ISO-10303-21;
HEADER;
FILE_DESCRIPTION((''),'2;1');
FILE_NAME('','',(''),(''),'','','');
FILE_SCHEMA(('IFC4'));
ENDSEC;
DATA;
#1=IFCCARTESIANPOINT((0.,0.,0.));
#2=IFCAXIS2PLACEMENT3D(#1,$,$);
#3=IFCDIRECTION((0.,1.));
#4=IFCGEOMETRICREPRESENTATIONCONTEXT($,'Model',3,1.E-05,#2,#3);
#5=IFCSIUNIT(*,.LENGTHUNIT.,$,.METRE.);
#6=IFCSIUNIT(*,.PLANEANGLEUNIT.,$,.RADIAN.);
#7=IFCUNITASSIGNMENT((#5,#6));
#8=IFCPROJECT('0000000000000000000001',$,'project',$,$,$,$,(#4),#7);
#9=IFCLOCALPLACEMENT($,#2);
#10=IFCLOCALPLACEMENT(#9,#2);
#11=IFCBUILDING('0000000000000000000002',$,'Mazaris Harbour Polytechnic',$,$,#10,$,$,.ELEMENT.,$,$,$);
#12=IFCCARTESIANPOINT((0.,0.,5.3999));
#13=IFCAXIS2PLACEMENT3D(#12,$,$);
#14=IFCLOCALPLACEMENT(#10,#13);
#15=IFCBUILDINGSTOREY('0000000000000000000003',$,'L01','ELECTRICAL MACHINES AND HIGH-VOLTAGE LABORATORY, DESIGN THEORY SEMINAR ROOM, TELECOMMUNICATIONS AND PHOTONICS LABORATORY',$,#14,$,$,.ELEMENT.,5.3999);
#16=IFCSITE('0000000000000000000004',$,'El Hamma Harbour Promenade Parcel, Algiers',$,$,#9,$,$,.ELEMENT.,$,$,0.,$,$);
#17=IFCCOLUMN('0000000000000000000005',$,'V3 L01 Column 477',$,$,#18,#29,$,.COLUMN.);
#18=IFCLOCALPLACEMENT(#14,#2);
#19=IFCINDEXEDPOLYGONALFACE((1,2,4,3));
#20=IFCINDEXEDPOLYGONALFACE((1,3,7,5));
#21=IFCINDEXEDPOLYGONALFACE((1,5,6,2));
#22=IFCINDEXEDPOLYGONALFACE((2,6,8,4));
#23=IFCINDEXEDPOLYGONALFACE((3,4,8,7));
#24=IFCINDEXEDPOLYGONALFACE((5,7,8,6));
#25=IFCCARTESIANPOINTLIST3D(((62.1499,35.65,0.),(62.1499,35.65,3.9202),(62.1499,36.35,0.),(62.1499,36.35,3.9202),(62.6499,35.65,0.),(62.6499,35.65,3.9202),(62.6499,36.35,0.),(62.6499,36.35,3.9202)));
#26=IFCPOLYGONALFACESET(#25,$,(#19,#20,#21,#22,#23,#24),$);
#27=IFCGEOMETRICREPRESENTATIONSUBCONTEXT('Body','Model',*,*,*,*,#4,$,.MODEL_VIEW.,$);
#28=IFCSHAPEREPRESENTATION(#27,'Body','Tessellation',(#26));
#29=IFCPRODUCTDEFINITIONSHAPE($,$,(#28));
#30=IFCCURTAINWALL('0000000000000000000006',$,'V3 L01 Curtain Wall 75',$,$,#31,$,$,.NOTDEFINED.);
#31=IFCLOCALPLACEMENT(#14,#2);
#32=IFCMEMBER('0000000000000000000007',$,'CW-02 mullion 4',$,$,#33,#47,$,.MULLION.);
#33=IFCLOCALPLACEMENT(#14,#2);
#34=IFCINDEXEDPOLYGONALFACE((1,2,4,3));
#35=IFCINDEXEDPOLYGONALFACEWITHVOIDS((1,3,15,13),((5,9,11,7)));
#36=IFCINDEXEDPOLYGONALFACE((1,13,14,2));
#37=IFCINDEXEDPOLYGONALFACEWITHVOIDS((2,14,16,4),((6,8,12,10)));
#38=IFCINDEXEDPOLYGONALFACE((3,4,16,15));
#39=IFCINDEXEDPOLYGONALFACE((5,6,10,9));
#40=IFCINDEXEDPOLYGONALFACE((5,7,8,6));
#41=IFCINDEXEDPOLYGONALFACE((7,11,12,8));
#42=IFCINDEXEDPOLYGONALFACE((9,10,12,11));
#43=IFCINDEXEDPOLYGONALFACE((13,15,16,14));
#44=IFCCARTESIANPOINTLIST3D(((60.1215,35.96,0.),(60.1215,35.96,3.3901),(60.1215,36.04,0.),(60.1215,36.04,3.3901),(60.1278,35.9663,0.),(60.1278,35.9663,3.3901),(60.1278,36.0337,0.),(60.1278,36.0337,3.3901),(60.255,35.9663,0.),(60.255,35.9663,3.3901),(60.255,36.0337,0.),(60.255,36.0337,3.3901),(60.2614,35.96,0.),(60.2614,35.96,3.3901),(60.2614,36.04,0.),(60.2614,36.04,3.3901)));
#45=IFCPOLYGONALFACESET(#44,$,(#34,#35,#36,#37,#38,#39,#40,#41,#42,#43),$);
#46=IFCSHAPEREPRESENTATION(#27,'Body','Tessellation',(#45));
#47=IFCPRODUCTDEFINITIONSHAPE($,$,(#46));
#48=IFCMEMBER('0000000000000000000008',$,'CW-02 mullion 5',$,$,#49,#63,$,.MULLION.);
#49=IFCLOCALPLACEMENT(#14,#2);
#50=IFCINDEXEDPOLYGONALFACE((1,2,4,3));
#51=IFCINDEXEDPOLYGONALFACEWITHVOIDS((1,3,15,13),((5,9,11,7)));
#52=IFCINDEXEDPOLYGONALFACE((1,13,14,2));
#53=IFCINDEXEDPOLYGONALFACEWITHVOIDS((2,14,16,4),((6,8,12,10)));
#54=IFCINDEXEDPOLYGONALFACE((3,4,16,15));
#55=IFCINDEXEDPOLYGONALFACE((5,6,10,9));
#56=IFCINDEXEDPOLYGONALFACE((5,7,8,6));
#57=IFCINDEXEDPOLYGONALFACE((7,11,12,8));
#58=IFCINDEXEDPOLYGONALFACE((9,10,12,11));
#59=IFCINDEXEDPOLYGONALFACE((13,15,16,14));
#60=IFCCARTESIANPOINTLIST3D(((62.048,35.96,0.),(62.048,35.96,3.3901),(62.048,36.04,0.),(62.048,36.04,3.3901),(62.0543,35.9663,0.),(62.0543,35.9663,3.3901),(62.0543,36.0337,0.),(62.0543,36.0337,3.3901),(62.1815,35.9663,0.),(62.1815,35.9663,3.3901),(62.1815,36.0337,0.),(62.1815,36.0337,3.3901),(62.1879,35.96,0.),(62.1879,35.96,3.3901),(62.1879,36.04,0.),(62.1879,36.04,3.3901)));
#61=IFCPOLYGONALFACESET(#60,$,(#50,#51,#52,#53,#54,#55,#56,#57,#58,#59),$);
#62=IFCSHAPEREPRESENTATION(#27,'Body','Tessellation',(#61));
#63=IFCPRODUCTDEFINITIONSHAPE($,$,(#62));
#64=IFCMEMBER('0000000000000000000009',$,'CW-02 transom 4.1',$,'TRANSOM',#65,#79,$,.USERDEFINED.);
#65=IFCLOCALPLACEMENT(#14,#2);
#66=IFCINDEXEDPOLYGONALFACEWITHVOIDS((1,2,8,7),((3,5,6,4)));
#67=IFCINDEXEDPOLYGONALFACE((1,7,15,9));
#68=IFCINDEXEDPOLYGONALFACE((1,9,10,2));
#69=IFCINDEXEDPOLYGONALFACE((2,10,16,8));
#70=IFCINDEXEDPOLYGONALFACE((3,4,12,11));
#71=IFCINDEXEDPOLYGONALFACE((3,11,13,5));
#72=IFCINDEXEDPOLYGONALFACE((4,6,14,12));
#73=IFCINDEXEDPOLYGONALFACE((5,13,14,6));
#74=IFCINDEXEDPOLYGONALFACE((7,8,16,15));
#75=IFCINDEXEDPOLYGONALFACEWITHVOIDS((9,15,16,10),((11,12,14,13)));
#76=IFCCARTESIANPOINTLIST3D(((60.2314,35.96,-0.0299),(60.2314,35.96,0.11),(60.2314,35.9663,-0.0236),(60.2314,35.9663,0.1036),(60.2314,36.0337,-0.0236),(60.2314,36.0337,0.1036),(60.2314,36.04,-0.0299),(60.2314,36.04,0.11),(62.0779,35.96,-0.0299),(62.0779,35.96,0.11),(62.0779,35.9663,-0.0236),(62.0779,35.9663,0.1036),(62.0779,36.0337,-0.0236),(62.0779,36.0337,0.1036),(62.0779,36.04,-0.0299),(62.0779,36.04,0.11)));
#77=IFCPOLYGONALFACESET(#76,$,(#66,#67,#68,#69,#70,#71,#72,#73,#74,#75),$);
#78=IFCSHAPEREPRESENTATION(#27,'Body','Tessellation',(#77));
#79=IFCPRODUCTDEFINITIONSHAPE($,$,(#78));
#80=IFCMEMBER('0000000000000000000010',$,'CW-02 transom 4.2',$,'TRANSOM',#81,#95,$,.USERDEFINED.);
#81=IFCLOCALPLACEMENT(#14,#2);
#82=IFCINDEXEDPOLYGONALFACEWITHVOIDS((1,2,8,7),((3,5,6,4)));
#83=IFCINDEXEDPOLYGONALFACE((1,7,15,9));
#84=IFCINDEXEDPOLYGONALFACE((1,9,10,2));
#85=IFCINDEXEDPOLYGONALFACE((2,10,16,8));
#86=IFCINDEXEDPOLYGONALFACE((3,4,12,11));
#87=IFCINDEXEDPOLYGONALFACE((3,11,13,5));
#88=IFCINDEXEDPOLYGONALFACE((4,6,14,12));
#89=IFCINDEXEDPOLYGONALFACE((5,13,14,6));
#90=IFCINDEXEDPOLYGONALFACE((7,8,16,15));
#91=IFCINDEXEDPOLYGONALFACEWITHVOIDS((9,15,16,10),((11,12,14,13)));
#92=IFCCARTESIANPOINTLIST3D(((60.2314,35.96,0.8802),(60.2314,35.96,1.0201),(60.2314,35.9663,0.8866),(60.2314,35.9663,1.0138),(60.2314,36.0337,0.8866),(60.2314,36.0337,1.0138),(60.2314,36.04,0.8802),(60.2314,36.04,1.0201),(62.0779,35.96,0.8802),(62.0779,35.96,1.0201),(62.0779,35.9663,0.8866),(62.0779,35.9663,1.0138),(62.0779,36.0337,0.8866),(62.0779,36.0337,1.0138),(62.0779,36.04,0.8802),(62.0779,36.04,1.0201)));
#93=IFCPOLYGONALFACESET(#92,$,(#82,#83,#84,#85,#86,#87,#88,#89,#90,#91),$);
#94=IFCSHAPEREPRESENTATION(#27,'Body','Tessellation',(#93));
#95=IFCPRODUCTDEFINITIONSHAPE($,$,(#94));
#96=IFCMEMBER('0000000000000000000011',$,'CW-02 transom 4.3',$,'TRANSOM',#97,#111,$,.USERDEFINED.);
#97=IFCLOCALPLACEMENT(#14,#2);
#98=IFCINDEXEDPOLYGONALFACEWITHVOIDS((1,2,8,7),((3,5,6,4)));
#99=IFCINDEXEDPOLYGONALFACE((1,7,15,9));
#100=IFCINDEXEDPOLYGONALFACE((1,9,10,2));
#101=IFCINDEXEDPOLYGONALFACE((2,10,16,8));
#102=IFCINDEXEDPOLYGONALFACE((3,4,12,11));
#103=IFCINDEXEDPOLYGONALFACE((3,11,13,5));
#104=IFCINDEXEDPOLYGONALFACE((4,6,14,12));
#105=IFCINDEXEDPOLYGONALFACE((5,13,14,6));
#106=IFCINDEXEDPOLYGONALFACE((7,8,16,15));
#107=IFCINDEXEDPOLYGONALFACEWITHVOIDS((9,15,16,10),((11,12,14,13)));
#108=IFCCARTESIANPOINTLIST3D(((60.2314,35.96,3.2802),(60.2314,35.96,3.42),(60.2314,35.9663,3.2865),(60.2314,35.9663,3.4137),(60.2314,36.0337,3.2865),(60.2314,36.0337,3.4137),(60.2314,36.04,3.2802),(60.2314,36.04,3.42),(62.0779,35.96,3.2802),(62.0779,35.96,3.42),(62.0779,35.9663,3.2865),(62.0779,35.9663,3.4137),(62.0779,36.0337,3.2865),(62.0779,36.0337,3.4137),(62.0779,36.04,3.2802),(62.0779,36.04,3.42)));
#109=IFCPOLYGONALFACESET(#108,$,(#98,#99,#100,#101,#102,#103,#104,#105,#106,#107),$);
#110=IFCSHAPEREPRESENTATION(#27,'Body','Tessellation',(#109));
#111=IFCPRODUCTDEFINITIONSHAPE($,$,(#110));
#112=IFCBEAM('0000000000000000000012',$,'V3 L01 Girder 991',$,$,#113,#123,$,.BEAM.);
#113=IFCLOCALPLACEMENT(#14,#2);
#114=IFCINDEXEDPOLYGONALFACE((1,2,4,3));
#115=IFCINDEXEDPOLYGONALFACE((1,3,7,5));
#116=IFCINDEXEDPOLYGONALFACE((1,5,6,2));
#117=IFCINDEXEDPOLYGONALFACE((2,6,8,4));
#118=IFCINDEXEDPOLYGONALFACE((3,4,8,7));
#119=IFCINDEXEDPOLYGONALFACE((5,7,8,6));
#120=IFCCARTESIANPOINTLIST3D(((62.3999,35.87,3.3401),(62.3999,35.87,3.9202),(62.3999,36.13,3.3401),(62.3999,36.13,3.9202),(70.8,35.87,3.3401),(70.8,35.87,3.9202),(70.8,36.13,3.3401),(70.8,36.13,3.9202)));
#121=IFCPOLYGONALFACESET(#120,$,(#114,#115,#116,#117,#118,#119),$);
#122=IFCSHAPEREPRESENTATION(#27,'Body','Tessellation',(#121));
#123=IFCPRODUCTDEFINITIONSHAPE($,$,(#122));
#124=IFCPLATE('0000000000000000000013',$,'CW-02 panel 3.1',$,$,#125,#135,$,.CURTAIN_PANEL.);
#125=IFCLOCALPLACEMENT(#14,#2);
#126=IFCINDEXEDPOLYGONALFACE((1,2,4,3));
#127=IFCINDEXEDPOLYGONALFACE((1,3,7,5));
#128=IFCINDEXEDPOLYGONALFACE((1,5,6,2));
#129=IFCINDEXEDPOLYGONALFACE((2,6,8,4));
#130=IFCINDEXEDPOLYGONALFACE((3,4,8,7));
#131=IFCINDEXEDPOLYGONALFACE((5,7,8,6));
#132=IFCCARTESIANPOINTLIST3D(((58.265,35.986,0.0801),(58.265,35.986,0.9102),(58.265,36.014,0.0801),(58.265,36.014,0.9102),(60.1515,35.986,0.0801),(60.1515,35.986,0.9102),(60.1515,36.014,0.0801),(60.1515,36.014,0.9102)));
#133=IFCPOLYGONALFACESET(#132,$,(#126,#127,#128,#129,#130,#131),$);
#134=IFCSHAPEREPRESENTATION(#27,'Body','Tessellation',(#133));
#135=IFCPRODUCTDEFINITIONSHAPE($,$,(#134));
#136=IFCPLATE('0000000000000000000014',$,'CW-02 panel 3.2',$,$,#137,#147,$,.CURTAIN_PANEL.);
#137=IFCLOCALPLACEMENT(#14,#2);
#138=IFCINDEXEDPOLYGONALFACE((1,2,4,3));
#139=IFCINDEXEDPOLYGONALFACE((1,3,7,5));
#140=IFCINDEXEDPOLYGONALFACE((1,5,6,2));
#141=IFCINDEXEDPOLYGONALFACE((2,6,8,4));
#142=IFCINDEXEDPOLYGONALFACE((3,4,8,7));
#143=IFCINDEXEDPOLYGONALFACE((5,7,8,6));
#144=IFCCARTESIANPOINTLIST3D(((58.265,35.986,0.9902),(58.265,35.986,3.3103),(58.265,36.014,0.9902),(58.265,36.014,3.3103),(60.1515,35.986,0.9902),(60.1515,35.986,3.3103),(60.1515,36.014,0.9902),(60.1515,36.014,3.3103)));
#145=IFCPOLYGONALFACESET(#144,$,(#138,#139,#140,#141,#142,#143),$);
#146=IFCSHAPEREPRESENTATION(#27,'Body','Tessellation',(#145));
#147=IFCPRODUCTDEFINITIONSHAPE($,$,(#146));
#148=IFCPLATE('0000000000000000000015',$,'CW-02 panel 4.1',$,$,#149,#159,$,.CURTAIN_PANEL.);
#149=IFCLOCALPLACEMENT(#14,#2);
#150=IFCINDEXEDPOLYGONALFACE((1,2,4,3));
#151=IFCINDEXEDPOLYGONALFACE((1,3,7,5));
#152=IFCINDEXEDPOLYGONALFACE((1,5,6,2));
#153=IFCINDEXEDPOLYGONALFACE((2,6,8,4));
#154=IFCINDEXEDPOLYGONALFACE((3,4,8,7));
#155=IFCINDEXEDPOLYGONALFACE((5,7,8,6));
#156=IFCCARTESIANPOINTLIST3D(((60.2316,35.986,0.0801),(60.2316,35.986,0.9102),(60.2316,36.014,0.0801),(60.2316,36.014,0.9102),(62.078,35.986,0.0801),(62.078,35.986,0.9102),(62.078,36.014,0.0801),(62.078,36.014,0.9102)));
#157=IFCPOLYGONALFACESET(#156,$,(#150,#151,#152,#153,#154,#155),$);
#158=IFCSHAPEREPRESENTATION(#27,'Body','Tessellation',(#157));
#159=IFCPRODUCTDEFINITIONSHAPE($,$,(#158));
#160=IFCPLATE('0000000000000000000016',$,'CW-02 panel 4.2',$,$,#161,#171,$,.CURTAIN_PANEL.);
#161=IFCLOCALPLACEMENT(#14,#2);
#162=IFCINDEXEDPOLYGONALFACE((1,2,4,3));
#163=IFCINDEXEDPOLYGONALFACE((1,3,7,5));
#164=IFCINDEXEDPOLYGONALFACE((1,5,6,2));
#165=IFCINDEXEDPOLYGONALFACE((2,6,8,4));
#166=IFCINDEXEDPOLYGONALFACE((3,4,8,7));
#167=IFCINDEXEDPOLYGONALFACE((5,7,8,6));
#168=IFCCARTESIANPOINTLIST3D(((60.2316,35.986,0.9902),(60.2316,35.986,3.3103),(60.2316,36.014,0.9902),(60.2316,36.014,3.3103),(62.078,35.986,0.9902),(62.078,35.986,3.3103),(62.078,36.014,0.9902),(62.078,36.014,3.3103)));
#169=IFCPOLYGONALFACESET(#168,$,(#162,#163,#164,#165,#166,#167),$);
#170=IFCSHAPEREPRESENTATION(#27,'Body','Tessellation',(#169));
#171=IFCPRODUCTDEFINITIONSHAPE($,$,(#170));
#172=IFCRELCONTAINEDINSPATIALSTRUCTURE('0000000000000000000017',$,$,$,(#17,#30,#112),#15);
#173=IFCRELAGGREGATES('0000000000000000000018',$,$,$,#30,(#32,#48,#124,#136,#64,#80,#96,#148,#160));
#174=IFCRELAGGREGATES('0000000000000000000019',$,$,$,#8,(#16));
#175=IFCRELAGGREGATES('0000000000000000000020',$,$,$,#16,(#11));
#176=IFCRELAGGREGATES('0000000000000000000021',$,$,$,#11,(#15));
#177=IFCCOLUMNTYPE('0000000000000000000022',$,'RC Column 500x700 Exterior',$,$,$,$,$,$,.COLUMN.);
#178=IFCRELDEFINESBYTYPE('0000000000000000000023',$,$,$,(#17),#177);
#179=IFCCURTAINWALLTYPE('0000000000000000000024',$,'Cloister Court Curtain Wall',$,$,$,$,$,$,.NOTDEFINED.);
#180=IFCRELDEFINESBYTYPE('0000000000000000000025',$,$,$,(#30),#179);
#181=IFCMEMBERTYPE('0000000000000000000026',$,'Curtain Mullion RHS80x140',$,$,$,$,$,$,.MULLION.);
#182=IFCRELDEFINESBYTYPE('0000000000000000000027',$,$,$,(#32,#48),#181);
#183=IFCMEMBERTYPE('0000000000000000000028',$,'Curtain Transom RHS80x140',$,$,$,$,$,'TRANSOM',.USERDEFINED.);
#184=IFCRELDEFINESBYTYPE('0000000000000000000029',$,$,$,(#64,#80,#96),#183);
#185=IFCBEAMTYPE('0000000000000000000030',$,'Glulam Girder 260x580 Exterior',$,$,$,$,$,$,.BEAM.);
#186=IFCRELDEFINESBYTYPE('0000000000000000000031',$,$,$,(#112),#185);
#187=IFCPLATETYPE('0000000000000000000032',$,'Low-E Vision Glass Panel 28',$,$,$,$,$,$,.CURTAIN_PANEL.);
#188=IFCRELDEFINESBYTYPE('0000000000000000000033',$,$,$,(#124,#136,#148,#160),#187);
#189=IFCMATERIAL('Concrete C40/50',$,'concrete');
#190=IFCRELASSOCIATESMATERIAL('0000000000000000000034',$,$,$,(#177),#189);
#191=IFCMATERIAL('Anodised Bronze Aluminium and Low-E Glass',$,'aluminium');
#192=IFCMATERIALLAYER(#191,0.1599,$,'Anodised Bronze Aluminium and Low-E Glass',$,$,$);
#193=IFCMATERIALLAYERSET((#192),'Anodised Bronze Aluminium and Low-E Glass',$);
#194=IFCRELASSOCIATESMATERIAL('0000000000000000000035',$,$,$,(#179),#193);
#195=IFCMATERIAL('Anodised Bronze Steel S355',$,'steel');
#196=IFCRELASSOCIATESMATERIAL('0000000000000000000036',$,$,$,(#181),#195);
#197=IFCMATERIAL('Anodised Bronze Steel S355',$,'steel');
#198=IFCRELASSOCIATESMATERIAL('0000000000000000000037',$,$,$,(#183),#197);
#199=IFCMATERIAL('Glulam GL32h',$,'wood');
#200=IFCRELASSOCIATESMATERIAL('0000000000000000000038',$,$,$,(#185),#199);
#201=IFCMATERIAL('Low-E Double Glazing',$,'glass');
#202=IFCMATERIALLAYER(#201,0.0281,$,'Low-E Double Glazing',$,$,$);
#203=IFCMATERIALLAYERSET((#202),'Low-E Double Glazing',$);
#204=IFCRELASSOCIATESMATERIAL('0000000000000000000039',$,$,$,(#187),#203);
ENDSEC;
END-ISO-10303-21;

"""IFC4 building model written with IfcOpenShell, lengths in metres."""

from ifc_helpers import new_model, si_unit, direction, frame, origin, origin_2d, place, context, subcontext, project, spatial, rectangle, hollow_rectangle, extrude, material, layer, layer_set, material_profile, profile_set, type_object, element, aggregate, save


model = new_model("IFC4")

# Units and contexts
model_context = context("Model", 3, precision=1e-05, world=origin(), true_north=direction((0.0, 1.0)))
body_context = subcontext(model_context, "Body", "Model", "MODEL_VIEW")
ifc_project = project(units=[si_unit("LENGTHUNIT", "METRE"), si_unit("PLANEANGLEUNIT", "RADIAN")], contexts=[model_context])

# Site, building, storey
site_placement = place(None, origin())
site = spatial("IfcSite", under=ifc_project, at=site_placement, Name="El Hamma Harbour Promenade Parcel, Algiers", CompositionType="ELEMENT", RefElevation=0.0)
building_placement = place(site_placement, origin())
building = spatial("IfcBuilding", under=site, at=building_placement, Name="Mazaris Harbour Polytechnic", CompositionType="ELEMENT")
storey_placement = place(building_placement, frame((0.0, 0.0, 5.3999)))
storey = spatial("IfcBuildingStorey", under=building, at=storey_placement, Name="L01", Description="ELECTRICAL MACHINES AND HIGH-VOLTAGE LABORATORY, DESIGN THEORY SEMINAR ROOM, TELECOMMUNICATIONS AND PHOTONICS LABORATORY", CompositionType="ELEMENT", Elevation=5.3999)

# Column
ifc_material_1 = material(Name="Concrete C40/50", Category="concrete")
ifc_material_profile_1 = material_profile(ifc_material_1, rectangle(XDim=0.5, YDim=0.7, at=origin_2d()), Name="RECT500x700")
ifc_profile_set_1 = profile_set([ifc_material_profile_1], Name="Concrete C40/50")
column_type = type_object("IfcColumnType", Name="RC Column 500x700 Exterior", PredefinedType="COLUMN", material=ifc_profile_set_1)
column_placement = place(storey_placement, frame((62.3999, 36.0, 0.0), z_axis=(0.0, 0.0, 1.0), x_axis=(1.0, 0.0, 0.0)))
element("IfcColumn", 1, at=column_placement, inside=storey, type_object=column_type, Name="V3 L01 Column 477", PredefinedType="COLUMN", context=body_context, shape_type="SweptSolid", body=[
    extrude(rectangle(XDim=0.5, YDim=0.7, at=origin_2d()), origin(), (0.0, 0.0, 1.0), 3.9202),
])

# Curtain wall, members
ifc_material_2 = material(Name="Anodised Bronze Aluminium and Low-E Glass", Category="aluminium")
ifc_layer_1 = layer(ifc_material_2, 0.1599, Name="Anodised Bronze Aluminium and Low-E Glass")
ifc_layer_set_1 = layer_set([ifc_layer_1], Name="Anodised Bronze Aluminium and Low-E Glass")
curtain_wall_type = type_object("IfcCurtainWallType", Name="Cloister Court Curtain Wall", PredefinedType="NOTDEFINED", material=ifc_layer_set_1)
curtain_wall_placement = place(storey_placement, origin())
curtain_wall = element("IfcCurtainWall", 2, at=curtain_wall_placement, inside=storey, type_object=curtain_wall_type, Name="V3 L01 Curtain Wall 75", PredefinedType="NOTDEFINED")
ifc_material_3 = material(Name="Anodised Bronze Steel S355", Category="steel")
ifc_material_profile_2 = material_profile(ifc_material_3, hollow_rectangle(XDim=0.0801, YDim=0.1399, WallThickness=0.0063, at=origin_2d()), Name="RHS 80x140x6.3")
ifc_profile_set_2 = profile_set([ifc_material_profile_2], Name="Anodised Bronze Steel S355")
member_type_1 = type_object("IfcMemberType", Name="Curtain Mullion RHS80x140", PredefinedType="MULLION", material=ifc_profile_set_2)
member_1_placement = place(storey_placement, frame((60.1914, 36.0, 0.0), z_axis=(0.0, 0.0, 1.0), x_axis=(0.0, 1.0, 0.0)))
member_1 = element("IfcMember", 3, at=member_1_placement, type_object=member_type_1, Name="CW-02 mullion 4", PredefinedType="MULLION", context=body_context, shape_type="SweptSolid", body=[
    extrude(hollow_rectangle(XDim=0.0801, YDim=0.1399, WallThickness=0.0063, at=origin_2d()), origin(), (0.0, 0.0, 1.0), 3.3901),
])
member_2_placement = place(storey_placement, frame((62.1179, 36.0, 0.0), z_axis=(0.0, 0.0, 1.0), x_axis=(0.0, 1.0, 0.0)))
member_2 = element("IfcMember", 4, at=member_2_placement, type_object=member_type_1, Name="CW-02 mullion 5", PredefinedType="MULLION", context=body_context, shape_type="SweptSolid", body=[
    extrude(hollow_rectangle(XDim=0.0801, YDim=0.1399, WallThickness=0.0063, at=origin_2d()), origin(), (0.0, 0.0, 1.0), 3.3901),
])
ifc_material_4 = material(Name="Anodised Bronze Steel S355", Category="steel")
ifc_material_profile_3 = material_profile(ifc_material_4, hollow_rectangle(XDim=0.0801, YDim=0.1399, WallThickness=0.0063, at=origin_2d()), Name="RHS 80x140x6.3")
ifc_profile_set_3 = profile_set([ifc_material_profile_3], Name="Anodised Bronze Steel S355")
member_type_2 = type_object("IfcMemberType", Name="Curtain Transom RHS80x140", ElementType="TRANSOM", PredefinedType="USERDEFINED", material=ifc_profile_set_3)
member_3_placement = place(storey_placement, frame((60.2314, 36.0, 0.04), z_axis=(1.0, 0.0, 0.0), x_axis=(0.0, 1.0, 0.0)))
member_3 = element("IfcMember", 5, at=member_3_placement, type_object=member_type_2, Name="CW-02 transom 4.1", ObjectType="TRANSOM", PredefinedType="USERDEFINED", context=body_context, shape_type="SweptSolid", body=[
    extrude(hollow_rectangle(XDim=0.0801, YDim=0.1399, WallThickness=0.0063, at=origin_2d()), origin(), (0.0, 0.0, 1.0), 1.8464),
])
member_4_placement = place(storey_placement, frame((60.2314, 36.0, 0.9502), z_axis=(1.0, 0.0, 0.0), x_axis=(0.0, 1.0, 0.0)))
member_4 = element("IfcMember", 6, at=member_4_placement, type_object=member_type_2, Name="CW-02 transom 4.2", ObjectType="TRANSOM", PredefinedType="USERDEFINED", context=body_context, shape_type="SweptSolid", body=[
    extrude(hollow_rectangle(XDim=0.0801, YDim=0.1399, WallThickness=0.0063, at=origin_2d()), origin(), (0.0, 0.0, 1.0), 1.8464),
])
member_5_placement = place(storey_placement, frame((60.2314, 36.0, 3.3501), z_axis=(1.0, 0.0, 0.0), x_axis=(0.0, 1.0, 0.0)))
member_5 = element("IfcMember", 7, at=member_5_placement, type_object=member_type_2, Name="CW-02 transom 4.3", ObjectType="TRANSOM", PredefinedType="USERDEFINED", context=body_context, shape_type="SweptSolid", body=[
    extrude(hollow_rectangle(XDim=0.0801, YDim=0.1399, WallThickness=0.0063, at=origin_2d()), origin(), (0.0, 0.0, 1.0), 1.8464),
])

# Beam
ifc_material_5 = material(Name="Glulam GL32h", Category="wood")
ifc_material_profile_4 = material_profile(ifc_material_5, rectangle(XDim=0.26, YDim=0.5801, at=origin_2d()), Name="RECT260x580")
ifc_profile_set_4 = profile_set([ifc_material_profile_4], Name="Glulam GL32h")
beam_type = type_object("IfcBeamType", Name="Glulam Girder 260x580 Exterior", PredefinedType="BEAM", material=ifc_profile_set_4)
beam_placement = place(storey_placement, frame((62.3999, 36.0, 3.6301), z_axis=(1.0, 0.0, 0.0), x_axis=(0.0, 1.0, 0.0)))
element("IfcBeam", 8, at=beam_placement, inside=storey, type_object=beam_type, Name="V3 L01 Girder 991", PredefinedType="BEAM", context=body_context, shape_type="SweptSolid", body=[
    extrude(rectangle(XDim=0.26, YDim=0.5801, at=origin_2d()), origin(), (0.0, 0.0, 1.0), 8.4001),
])

# Plates
ifc_material_6 = material(Name="Low-E Double Glazing", Category="glass")
ifc_layer_2 = layer(ifc_material_6, 0.0281, Name="Low-E Double Glazing")
ifc_layer_set_2 = layer_set([ifc_layer_2], Name="Low-E Double Glazing")
plate_type = type_object("IfcPlateType", Name="Low-E Vision Glass Panel 28", PredefinedType="CURTAIN_PANEL", material=ifc_layer_set_2)
plate_1_placement = place(storey_placement, frame((59.2083, 36.0, 0.0801), z_axis=(0.0, 0.0, 1.0), x_axis=(1.0, 0.0, 0.0)))
plate_1 = element("IfcPlate", 9, at=plate_1_placement, type_object=plate_type, Name="CW-02 panel 3.1", PredefinedType="CURTAIN_PANEL", context=body_context, shape_type="SweptSolid", body=[
    extrude(rectangle(XDim=1.8865, YDim=0.0281, at=origin_2d()), origin(), (0.0, 0.0, 1.0), 0.8301),
])
plate_2_placement = place(storey_placement, frame((59.2083, 36.0, 0.9902), z_axis=(0.0, 0.0, 1.0), x_axis=(1.0, 0.0, 0.0)))
plate_2 = element("IfcPlate", 10, at=plate_2_placement, type_object=plate_type, Name="CW-02 panel 3.2", PredefinedType="CURTAIN_PANEL", context=body_context, shape_type="SweptSolid", body=[
    extrude(rectangle(XDim=1.8865, YDim=0.0281, at=origin_2d()), origin(), (0.0, 0.0, 1.0), 2.3201),
])
plate_3_placement = place(storey_placement, frame((61.1548, 36.0, 0.0801), z_axis=(0.0, 0.0, 1.0), x_axis=(1.0, 0.0, 0.0)))
plate_3 = element("IfcPlate", 11, at=plate_3_placement, type_object=plate_type, Name="CW-02 panel 4.1", PredefinedType="CURTAIN_PANEL", context=body_context, shape_type="SweptSolid", body=[
    extrude(rectangle(XDim=1.8464, YDim=0.0281, at=origin_2d()), origin(), (0.0, 0.0, 1.0), 0.8301),
])
plate_4_placement = place(storey_placement, frame((61.1548, 36.0, 0.9902), z_axis=(0.0, 0.0, 1.0), x_axis=(1.0, 0.0, 0.0)))
plate_4 = element("IfcPlate", 12, at=plate_4_placement, type_object=plate_type, Name="CW-02 panel 4.2", PredefinedType="CURTAIN_PANEL", context=body_context, shape_type="SweptSolid", body=[
    extrude(rectangle(XDim=1.8464, YDim=0.0281, at=origin_2d()), origin(), (0.0, 0.0, 1.0), 2.3201),
])
aggregate(curtain_wall, [member_1, member_2, plate_1, plate_2, member_3, member_4, member_5, plate_3, plate_4])

save(model, "model.ifc")
